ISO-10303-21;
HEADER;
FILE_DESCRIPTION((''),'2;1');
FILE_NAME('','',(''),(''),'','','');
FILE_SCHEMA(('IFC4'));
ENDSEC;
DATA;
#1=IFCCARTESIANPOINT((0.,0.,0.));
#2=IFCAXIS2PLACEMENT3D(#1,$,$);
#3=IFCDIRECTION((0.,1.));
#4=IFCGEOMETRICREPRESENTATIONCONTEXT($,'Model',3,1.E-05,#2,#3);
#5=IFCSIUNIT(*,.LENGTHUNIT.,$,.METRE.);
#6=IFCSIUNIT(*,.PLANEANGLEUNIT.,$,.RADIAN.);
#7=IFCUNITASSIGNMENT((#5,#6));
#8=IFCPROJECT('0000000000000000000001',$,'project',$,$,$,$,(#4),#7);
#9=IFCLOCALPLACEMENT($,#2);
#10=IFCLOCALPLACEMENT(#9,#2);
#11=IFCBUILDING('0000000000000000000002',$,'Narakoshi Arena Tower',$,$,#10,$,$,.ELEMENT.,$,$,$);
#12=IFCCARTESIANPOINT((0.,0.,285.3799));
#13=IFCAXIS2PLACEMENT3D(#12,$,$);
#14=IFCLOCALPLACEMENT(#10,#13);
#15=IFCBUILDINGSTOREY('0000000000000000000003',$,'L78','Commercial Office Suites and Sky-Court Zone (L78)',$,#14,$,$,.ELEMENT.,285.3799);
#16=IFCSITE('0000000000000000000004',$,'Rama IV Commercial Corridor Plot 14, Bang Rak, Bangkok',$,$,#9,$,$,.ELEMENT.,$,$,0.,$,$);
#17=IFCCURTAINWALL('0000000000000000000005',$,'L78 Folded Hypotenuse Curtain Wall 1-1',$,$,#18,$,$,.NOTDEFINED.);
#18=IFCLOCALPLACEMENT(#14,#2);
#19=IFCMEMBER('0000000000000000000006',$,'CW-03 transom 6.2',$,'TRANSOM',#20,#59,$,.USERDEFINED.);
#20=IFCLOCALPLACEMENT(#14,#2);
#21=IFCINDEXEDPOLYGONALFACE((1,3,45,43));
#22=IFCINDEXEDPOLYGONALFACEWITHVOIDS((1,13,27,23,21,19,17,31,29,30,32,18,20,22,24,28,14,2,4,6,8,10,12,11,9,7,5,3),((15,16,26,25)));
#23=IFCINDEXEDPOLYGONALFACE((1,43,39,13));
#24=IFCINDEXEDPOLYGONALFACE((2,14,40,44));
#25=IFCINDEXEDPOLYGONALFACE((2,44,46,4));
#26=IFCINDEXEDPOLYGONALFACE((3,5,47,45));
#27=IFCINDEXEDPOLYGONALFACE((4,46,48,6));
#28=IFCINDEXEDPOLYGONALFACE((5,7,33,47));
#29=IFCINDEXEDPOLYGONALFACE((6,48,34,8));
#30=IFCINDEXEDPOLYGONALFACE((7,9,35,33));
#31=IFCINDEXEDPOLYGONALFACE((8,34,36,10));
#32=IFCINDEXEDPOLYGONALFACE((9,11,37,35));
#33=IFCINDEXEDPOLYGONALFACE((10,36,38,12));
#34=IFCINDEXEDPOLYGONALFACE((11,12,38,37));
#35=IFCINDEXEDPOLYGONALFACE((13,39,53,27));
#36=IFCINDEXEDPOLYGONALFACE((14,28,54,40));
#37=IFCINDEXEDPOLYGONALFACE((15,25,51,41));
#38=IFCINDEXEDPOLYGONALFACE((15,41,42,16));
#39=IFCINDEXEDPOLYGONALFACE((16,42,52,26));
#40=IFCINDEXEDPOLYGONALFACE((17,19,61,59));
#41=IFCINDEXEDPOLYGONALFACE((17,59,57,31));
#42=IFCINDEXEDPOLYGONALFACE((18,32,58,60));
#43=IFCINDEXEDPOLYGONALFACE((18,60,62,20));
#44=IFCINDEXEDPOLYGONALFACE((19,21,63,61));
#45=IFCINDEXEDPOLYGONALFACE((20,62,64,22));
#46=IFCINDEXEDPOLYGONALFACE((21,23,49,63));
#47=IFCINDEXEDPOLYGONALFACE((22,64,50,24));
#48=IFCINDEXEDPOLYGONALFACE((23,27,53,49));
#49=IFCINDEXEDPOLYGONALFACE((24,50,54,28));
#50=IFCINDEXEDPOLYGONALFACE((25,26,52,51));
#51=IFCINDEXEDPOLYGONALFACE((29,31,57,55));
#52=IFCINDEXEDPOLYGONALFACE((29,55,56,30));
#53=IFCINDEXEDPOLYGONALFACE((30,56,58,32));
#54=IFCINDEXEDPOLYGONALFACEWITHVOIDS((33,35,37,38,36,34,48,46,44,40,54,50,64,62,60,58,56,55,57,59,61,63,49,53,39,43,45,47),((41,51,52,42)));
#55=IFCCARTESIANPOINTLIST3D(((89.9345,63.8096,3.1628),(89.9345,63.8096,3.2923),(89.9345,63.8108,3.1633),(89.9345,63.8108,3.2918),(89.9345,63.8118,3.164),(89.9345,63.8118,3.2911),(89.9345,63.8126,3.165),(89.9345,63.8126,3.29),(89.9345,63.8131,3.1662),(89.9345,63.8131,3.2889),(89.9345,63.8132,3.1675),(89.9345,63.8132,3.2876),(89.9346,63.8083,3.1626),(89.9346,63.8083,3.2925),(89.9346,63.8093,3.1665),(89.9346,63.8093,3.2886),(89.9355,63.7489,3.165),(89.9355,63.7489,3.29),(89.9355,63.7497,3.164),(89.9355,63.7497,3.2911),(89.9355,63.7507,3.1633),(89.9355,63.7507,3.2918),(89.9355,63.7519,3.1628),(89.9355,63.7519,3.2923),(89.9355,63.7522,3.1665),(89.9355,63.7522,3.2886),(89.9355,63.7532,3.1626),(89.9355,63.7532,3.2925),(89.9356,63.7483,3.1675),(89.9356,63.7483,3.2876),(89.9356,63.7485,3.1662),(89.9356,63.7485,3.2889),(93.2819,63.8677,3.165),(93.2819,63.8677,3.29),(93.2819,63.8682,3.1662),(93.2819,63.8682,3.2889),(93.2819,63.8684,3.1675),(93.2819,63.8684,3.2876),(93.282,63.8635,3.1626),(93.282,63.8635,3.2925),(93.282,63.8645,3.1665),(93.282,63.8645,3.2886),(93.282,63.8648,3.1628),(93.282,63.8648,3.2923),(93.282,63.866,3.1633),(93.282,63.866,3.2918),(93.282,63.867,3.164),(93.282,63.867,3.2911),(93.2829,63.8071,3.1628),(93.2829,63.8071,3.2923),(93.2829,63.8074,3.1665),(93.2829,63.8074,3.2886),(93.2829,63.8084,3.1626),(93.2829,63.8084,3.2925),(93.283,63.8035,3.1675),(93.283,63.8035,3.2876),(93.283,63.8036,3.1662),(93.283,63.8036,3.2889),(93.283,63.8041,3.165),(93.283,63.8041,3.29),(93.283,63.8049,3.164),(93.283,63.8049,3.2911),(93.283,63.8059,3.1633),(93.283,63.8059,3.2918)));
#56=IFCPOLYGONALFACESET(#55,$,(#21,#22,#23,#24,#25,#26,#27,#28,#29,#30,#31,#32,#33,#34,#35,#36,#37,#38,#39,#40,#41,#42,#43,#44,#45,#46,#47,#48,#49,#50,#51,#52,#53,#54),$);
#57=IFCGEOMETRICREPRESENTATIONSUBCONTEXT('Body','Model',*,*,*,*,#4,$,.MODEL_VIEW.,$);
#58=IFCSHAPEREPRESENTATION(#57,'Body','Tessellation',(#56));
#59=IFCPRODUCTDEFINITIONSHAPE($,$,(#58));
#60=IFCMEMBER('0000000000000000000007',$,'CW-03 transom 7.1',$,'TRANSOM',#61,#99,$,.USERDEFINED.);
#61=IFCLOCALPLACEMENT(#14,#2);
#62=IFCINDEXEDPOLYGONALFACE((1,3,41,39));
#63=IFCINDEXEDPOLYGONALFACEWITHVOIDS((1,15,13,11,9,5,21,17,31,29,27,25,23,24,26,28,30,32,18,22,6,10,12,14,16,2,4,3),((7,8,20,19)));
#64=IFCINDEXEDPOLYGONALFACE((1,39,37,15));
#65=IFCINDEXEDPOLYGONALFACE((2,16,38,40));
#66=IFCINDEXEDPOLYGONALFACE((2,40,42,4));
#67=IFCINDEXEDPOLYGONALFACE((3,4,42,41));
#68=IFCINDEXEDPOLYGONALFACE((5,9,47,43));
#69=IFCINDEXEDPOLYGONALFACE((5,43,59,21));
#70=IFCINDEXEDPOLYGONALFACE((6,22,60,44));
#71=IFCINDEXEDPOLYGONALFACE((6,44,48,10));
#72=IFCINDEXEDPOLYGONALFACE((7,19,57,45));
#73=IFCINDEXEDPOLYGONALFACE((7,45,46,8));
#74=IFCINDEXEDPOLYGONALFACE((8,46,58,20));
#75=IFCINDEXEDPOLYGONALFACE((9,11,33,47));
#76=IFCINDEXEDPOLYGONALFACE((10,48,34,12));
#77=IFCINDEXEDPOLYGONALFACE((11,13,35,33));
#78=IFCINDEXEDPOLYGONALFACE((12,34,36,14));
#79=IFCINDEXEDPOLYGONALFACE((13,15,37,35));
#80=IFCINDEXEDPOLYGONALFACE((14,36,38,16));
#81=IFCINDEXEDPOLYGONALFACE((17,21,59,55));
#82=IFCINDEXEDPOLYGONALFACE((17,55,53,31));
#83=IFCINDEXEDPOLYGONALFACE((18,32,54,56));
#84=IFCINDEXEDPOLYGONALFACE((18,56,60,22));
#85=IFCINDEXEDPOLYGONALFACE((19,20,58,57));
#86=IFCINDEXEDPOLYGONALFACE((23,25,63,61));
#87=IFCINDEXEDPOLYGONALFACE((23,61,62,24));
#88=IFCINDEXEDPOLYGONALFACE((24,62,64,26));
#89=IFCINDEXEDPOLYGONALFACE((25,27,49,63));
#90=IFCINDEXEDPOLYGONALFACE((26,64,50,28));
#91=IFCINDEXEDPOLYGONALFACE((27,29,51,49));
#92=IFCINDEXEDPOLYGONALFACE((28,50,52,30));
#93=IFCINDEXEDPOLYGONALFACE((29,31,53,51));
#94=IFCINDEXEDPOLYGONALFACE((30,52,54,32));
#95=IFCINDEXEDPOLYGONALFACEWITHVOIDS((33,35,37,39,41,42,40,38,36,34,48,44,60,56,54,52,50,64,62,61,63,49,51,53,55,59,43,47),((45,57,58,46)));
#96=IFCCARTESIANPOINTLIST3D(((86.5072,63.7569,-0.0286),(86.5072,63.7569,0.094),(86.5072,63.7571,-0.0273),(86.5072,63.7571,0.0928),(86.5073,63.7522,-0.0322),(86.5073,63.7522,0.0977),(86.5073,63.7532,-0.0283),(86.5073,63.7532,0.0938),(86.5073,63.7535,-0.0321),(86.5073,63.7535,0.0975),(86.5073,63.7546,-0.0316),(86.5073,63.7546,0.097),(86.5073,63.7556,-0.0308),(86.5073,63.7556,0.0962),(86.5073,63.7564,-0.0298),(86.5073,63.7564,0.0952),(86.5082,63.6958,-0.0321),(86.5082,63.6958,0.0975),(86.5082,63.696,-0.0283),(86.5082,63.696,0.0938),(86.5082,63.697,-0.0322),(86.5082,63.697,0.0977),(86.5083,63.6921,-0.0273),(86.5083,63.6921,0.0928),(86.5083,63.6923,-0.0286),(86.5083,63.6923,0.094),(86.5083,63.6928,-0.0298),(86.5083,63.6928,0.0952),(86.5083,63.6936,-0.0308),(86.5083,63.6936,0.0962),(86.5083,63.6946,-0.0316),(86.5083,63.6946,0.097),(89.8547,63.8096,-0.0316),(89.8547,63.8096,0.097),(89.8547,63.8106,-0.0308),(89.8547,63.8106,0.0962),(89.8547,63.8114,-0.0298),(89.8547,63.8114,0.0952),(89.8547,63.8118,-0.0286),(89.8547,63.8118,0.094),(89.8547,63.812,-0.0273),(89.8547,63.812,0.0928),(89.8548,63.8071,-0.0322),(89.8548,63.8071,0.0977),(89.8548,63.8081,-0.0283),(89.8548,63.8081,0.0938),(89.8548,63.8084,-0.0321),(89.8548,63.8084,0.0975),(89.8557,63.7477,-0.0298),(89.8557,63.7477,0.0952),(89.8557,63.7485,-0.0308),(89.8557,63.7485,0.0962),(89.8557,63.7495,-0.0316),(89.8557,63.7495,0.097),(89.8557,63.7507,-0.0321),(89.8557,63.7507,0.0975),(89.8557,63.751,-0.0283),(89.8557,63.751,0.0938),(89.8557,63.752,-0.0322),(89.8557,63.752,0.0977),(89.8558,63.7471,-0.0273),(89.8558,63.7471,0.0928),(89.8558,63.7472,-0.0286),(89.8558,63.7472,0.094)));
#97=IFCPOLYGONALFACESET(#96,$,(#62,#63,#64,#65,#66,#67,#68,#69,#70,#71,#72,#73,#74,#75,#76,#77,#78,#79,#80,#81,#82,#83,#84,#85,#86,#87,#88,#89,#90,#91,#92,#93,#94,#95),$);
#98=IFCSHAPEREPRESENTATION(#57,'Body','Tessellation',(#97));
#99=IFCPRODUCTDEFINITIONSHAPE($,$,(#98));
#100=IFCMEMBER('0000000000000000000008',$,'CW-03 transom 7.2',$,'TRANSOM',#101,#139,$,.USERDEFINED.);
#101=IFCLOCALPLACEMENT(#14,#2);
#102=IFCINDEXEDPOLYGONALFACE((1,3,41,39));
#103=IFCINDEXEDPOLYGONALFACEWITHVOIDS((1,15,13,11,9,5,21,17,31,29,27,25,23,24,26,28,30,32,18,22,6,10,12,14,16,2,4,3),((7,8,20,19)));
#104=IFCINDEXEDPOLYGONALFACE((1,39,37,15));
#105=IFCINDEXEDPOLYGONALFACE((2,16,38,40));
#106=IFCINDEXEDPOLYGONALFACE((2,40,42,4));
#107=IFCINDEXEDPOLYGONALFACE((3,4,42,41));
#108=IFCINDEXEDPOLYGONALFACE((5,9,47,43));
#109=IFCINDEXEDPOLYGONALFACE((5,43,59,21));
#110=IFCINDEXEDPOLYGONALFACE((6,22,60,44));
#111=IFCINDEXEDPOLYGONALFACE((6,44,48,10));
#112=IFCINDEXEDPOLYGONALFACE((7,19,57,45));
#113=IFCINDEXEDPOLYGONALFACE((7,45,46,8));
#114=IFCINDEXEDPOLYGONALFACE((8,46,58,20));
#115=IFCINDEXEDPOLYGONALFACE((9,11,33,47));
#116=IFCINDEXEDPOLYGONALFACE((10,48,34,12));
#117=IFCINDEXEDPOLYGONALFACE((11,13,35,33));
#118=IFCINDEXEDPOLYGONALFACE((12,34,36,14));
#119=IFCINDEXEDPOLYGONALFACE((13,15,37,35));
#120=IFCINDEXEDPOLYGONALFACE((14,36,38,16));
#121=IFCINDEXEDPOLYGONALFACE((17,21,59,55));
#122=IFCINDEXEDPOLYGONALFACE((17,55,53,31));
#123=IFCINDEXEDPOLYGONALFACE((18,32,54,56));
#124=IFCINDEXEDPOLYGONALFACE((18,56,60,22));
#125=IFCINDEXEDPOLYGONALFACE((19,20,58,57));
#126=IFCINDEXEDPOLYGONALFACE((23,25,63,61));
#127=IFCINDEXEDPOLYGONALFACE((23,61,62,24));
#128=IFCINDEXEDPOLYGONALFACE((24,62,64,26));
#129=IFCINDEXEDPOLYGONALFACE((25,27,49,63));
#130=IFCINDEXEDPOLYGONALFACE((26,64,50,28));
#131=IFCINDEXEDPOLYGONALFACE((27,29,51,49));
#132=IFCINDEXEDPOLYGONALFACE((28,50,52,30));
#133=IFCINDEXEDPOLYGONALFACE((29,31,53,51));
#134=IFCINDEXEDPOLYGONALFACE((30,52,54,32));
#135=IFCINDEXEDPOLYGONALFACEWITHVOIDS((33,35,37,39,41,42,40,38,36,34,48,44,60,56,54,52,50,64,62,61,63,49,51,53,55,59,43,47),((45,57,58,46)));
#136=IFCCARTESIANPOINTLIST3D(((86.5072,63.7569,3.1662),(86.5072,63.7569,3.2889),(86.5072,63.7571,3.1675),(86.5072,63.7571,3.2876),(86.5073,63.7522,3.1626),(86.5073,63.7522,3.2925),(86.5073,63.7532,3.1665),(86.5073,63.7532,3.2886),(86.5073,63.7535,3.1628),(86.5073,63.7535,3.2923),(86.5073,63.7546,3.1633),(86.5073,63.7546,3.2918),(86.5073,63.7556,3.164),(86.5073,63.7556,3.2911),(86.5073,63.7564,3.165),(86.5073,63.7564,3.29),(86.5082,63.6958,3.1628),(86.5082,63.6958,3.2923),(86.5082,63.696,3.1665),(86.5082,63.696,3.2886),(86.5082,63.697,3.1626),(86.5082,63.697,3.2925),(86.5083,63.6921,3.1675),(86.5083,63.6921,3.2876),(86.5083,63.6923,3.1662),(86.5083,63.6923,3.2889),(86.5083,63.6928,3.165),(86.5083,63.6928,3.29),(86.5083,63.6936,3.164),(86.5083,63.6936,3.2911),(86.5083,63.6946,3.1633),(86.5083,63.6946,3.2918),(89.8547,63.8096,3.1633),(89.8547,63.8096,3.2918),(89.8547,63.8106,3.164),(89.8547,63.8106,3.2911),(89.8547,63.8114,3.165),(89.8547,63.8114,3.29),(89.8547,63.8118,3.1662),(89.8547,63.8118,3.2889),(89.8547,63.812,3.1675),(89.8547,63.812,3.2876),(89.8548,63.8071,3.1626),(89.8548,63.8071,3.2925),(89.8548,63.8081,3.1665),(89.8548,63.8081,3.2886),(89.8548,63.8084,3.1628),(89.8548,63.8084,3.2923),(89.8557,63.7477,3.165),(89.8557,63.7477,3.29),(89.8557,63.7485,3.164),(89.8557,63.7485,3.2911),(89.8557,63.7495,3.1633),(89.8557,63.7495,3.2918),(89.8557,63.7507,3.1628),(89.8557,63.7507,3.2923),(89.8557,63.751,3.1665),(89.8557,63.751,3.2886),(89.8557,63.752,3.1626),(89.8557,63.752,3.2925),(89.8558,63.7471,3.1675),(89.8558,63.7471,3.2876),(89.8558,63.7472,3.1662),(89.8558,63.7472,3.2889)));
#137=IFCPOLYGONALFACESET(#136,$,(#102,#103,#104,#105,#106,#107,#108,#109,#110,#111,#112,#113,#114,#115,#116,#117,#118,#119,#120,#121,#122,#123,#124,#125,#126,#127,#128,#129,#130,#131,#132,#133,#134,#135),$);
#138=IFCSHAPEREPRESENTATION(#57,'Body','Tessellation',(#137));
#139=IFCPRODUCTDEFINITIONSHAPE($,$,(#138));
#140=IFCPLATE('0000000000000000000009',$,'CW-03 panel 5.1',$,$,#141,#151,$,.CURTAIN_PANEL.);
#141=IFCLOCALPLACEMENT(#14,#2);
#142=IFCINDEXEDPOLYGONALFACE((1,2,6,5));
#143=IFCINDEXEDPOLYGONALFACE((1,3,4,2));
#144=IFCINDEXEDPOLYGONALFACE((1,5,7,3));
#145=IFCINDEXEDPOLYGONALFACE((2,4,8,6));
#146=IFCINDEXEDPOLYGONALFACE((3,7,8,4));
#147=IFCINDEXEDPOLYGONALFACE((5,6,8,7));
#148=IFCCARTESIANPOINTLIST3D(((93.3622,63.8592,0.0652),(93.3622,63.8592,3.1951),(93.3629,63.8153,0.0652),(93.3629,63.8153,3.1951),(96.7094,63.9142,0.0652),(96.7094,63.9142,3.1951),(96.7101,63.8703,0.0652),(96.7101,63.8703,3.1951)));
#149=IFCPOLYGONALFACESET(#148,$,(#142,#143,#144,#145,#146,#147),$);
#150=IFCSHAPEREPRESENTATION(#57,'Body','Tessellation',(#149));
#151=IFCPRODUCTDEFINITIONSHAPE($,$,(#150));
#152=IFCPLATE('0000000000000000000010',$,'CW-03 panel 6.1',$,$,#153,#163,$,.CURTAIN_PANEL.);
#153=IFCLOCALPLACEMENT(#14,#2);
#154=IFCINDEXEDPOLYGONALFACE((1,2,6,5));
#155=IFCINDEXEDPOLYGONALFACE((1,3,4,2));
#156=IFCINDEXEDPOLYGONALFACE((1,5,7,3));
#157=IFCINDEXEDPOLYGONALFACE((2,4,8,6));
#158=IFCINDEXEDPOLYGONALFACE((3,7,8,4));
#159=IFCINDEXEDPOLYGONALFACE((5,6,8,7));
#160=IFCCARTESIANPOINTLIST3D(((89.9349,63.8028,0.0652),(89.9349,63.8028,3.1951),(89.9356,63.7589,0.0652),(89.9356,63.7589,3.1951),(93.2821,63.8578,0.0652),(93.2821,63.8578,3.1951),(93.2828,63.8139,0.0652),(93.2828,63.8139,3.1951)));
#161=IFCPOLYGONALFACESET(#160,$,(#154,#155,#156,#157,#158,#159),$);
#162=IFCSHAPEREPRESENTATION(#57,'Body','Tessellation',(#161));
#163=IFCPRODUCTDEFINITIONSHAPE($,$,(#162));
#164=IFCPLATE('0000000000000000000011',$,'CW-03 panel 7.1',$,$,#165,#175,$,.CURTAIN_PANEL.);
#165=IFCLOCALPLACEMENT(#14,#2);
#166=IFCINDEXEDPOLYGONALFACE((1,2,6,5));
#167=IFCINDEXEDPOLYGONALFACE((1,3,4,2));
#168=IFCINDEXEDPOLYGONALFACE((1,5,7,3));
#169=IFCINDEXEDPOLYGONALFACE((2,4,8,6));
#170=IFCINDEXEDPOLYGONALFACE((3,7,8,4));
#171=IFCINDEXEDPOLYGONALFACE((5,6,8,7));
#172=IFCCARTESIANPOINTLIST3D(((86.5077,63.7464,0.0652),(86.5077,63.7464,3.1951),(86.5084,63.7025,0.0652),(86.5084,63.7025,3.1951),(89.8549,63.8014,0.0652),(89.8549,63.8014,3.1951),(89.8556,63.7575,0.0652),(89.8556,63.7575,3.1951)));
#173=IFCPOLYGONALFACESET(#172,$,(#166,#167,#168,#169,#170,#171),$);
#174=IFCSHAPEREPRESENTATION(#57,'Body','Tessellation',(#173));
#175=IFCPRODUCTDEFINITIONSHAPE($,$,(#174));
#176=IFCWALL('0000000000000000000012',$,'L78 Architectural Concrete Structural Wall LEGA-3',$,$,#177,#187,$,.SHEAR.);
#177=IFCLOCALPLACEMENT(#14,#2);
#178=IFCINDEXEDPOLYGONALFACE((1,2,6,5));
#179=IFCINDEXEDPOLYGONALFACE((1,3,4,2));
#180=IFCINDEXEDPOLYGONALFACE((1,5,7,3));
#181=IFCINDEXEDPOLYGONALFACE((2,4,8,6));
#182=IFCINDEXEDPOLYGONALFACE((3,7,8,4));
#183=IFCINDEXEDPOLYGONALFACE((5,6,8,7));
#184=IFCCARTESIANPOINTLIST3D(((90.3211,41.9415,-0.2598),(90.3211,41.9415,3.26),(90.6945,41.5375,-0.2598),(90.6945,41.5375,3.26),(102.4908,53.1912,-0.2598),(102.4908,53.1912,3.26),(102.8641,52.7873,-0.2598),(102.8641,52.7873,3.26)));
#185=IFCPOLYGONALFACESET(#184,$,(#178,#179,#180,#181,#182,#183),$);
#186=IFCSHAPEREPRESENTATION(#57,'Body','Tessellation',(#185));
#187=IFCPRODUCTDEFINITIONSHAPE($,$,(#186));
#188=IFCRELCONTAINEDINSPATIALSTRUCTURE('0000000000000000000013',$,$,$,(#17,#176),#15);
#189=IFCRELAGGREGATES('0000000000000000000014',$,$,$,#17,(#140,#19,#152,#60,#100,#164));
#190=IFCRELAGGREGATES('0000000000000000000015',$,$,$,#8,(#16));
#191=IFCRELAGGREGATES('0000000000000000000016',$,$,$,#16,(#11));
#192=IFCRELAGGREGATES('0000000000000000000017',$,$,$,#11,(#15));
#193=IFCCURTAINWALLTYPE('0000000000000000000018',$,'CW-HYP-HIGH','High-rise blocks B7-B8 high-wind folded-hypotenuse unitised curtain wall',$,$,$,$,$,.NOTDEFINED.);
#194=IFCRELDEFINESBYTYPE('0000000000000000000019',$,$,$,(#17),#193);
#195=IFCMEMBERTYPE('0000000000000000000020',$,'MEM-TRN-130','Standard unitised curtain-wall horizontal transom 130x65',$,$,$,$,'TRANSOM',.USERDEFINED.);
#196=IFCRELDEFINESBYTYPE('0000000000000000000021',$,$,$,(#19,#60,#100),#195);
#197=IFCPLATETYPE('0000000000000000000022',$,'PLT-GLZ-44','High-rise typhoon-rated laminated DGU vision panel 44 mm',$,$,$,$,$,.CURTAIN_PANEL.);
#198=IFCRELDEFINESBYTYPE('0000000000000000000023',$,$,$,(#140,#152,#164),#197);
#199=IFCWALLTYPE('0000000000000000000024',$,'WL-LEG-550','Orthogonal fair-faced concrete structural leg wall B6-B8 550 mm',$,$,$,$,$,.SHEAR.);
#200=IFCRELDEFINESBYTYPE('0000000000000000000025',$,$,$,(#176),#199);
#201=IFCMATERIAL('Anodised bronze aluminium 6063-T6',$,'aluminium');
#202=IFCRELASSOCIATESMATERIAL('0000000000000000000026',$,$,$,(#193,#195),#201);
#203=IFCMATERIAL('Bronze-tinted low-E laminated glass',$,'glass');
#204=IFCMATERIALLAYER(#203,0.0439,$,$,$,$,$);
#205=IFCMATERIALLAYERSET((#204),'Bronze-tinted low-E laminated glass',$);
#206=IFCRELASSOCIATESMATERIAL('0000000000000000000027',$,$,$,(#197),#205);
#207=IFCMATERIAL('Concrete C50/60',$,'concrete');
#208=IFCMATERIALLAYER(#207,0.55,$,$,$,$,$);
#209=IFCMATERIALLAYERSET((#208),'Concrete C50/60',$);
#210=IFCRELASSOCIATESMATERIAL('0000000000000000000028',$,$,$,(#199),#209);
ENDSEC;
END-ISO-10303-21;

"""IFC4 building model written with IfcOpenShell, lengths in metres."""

from ifc_helpers import new_model, si_unit, direction, frame, frame_2d, origin, origin_2d, place, context, subcontext, project, spatial, rectangle, hollow_rectangle, extrude, material, layer, layer_set, material_profile, profile_set, type_object, element, aggregate, save


model = new_model("IFC4")

# Units and contexts
model_context = context("Model", 3, precision=1e-05, world=origin(), true_north=direction((0.0, 1.0)))
body_context = subcontext(model_context, "Body", "Model", "MODEL_VIEW")
ifc_project = project(units=[si_unit("LENGTHUNIT", "METRE"), si_unit("PLANEANGLEUNIT", "RADIAN")], contexts=[model_context])

# Site, building, storey
site_placement = place(None, origin())
site = spatial("IfcSite", under=ifc_project, at=site_placement, Name="Rama IV Commercial Corridor Plot 14, Bang Rak, Bangkok", CompositionType="ELEMENT", RefElevation=0.0)
building_placement = place(site_placement, origin())
building = spatial("IfcBuilding", under=site, at=building_placement, Name="Narakoshi Arena Tower", CompositionType="ELEMENT")
storey_placement = place(building_placement, frame((0.0, 0.0, 285.3799)))
storey = spatial("IfcBuildingStorey", under=building, at=storey_placement, Name="L78", Description="Commercial Office Suites and Sky-Court Zone (L78)", CompositionType="ELEMENT", Elevation=285.3799)

# Shared definitions
ifc_material_1 = material(Name="Concrete C50/60", Category="concrete")

# Curtain wall, members, plates
ifc_material_2 = material(Name="Anodised bronze aluminium 6063-T6", Category="aluminium")
curtain_wall_type = type_object("IfcCurtainWallType", Name="CW-HYP-HIGH", Description="High-rise blocks B7-B8 high-wind folded-hypotenuse unitised curtain wall", PredefinedType="NOTDEFINED", material=ifc_material_2)
curtain_wall_placement = place(storey_placement, origin())
curtain_wall = element("IfcCurtainWall", 1, at=curtain_wall_placement, inside=storey, type_object=curtain_wall_type, Name="L78 Folded Hypotenuse Curtain Wall 1-1", PredefinedType="NOTDEFINED")
ifc_material_profile_1 = material_profile(ifc_material_2, hollow_rectangle(XDim=0.0649, YDim=0.1299, WallThickness=0.0039, OuterFilletRadius=0.0049, at=origin_2d()), Name="TRN130x65x4")
ifc_profile_set_1 = profile_set([ifc_material_profile_1], Name="Anodised bronze aluminium 6063-T6")
member_type_1 = type_object("IfcMemberType", Name="MEM-TRN-130", Description="Standard unitised curtain-wall horizontal transom 130x65", ElementType="TRANSOM", PredefinedType="USERDEFINED", material=ifc_profile_set_1)
member_1_placement = place(storey_placement, frame((93.2825, 63.8359, 3.2275), z_axis=(-0.999864, -0.016481, 0.0), x_axis=(0.016481, -0.999864, 0.0)))
member_1 = element("IfcMember", 2, at=member_1_placement, type_object=member_type_1, Name="CW-03 transom 6.2", ObjectType="TRANSOM", PredefinedType="USERDEFINED", context=body_context, shape_type="SweptSolid", body=[
    extrude(hollow_rectangle(XDim=0.0649, YDim=0.1299, WallThickness=0.0039, OuterFilletRadius=0.0049, at=origin_2d()), origin(), (0.0, 0.0, 1.0), 3.3479),
])
member_2_placement = place(storey_placement, frame((89.8552, 63.7795, 0.0327), z_axis=(-0.999865, -0.016408, 0.0), x_axis=(0.016408, -0.999865, 0.0)))
member_2 = element("IfcMember", 3, at=member_2_placement, type_object=member_type_1, Name="CW-03 transom 7.1", ObjectType="TRANSOM", PredefinedType="USERDEFINED", context=body_context, shape_type="SweptSolid", body=[
    extrude(hollow_rectangle(XDim=0.0649, YDim=0.1299, WallThickness=0.0039, OuterFilletRadius=0.0049, at=origin_2d()), origin(), (0.0, 0.0, 1.0), 3.3479),
])
member_3_placement = place(storey_placement, frame((89.8552, 63.7795, 3.2275), z_axis=(-0.999865, -0.016408, 0.0), x_axis=(0.016408, -0.999865, 0.0)))
member_3 = element("IfcMember", 4, at=member_3_placement, type_object=member_type_1, Name="CW-03 transom 7.2", ObjectType="TRANSOM", PredefinedType="USERDEFINED", context=body_context, shape_type="SweptSolid", body=[
    extrude(hollow_rectangle(XDim=0.0649, YDim=0.1299, WallThickness=0.0039, OuterFilletRadius=0.0049, at=origin_2d()), origin(), (0.0, 0.0, 1.0), 3.3479),
])
ifc_material_3 = material(Name="Bronze-tinted low-E laminated glass", Category="glass")
ifc_layer_1 = layer(ifc_material_3, 0.0439)
ifc_layer_set_1 = layer_set([ifc_layer_1], Name="Bronze-tinted low-E laminated glass")
plate_type = type_object("IfcPlateType", Name="PLT-GLZ-44", Description="High-rise typhoon-rated laminated DGU vision panel 44 mm", PredefinedType="CURTAIN_PANEL", material=ifc_layer_set_1)
plate_1_placement = place(storey_placement, frame((95.0361, 63.8647, 0.0652), z_axis=(0.0, 0.0, 1.0), x_axis=(-0.999865, -0.016443, 0.0)))
plate_1 = element("IfcPlate", 5, at=plate_1_placement, type_object=plate_type, Name="CW-03 panel 5.1", PredefinedType="CURTAIN_PANEL", context=body_context, shape_type="SweptSolid", body=[
    extrude(rectangle(XDim=3.3477, YDim=0.0439, at=origin_2d()), origin(), (0.0, 0.0, 1.0), 3.1299),
])
plate_2_placement = place(storey_placement, frame((91.6089, 63.8083, 0.0652), z_axis=(0.0, 0.0, 1.0), x_axis=(-0.999865, -0.016443, 0.0)))
plate_2 = element("IfcPlate", 6, at=plate_2_placement, type_object=plate_type, Name="CW-03 panel 6.1", PredefinedType="CURTAIN_PANEL", context=body_context, shape_type="SweptSolid", body=[
    extrude(rectangle(XDim=3.3477, YDim=0.0439, at=origin_2d()), origin(), (0.0, 0.0, 1.0), 3.1299),
])
plate_3_placement = place(storey_placement, frame((88.1816, 63.752, 0.0652), z_axis=(0.0, 0.0, 1.0), x_axis=(-0.999865, -0.016443, 0.0)))
plate_3 = element("IfcPlate", 7, at=plate_3_placement, type_object=plate_type, Name="CW-03 panel 7.1", PredefinedType="CURTAIN_PANEL", context=body_context, shape_type="SweptSolid", body=[
    extrude(rectangle(XDim=3.3477, YDim=0.0439, at=origin_2d()), origin(), (0.0, 0.0, 1.0), 3.1299),
])
aggregate(curtain_wall, [plate_1, member_1, plate_2, member_2, member_3, plate_3])

# Wall
ifc_layer_2 = layer(ifc_material_1, 0.55)
ifc_layer_set_2 = layer_set([ifc_layer_2], Name="Concrete C50/60")
wall_type_1 = type_object("IfcWallType", Name="WL-LEG-550", Description="Orthogonal fair-faced concrete structural leg wall B6-B8 550 mm", PredefinedType="SHEAR", material=ifc_layer_set_2)
wall_1_placement = place(storey_placement, frame((90.5078, 41.7395, -0.2598), z_axis=(0.0, 0.0, 1.0), x_axis=(0.734316, 0.678808, 0.0)))
element("IfcWall", 8, at=wall_1_placement, inside=storey, type_object=wall_type_1, Name="L78 Architectural Concrete Structural Wall LEGA-3", PredefinedType="SHEAR", context=body_context, shape_type="SweptSolid", body=[
    extrude(rectangle(XDim=16.5728, YDim=0.55, at=frame_2d((8.2864, 0.0))), origin(), (0.0, 0.0, 1.0), 3.5198),
])

save(model, "model.ifc")
